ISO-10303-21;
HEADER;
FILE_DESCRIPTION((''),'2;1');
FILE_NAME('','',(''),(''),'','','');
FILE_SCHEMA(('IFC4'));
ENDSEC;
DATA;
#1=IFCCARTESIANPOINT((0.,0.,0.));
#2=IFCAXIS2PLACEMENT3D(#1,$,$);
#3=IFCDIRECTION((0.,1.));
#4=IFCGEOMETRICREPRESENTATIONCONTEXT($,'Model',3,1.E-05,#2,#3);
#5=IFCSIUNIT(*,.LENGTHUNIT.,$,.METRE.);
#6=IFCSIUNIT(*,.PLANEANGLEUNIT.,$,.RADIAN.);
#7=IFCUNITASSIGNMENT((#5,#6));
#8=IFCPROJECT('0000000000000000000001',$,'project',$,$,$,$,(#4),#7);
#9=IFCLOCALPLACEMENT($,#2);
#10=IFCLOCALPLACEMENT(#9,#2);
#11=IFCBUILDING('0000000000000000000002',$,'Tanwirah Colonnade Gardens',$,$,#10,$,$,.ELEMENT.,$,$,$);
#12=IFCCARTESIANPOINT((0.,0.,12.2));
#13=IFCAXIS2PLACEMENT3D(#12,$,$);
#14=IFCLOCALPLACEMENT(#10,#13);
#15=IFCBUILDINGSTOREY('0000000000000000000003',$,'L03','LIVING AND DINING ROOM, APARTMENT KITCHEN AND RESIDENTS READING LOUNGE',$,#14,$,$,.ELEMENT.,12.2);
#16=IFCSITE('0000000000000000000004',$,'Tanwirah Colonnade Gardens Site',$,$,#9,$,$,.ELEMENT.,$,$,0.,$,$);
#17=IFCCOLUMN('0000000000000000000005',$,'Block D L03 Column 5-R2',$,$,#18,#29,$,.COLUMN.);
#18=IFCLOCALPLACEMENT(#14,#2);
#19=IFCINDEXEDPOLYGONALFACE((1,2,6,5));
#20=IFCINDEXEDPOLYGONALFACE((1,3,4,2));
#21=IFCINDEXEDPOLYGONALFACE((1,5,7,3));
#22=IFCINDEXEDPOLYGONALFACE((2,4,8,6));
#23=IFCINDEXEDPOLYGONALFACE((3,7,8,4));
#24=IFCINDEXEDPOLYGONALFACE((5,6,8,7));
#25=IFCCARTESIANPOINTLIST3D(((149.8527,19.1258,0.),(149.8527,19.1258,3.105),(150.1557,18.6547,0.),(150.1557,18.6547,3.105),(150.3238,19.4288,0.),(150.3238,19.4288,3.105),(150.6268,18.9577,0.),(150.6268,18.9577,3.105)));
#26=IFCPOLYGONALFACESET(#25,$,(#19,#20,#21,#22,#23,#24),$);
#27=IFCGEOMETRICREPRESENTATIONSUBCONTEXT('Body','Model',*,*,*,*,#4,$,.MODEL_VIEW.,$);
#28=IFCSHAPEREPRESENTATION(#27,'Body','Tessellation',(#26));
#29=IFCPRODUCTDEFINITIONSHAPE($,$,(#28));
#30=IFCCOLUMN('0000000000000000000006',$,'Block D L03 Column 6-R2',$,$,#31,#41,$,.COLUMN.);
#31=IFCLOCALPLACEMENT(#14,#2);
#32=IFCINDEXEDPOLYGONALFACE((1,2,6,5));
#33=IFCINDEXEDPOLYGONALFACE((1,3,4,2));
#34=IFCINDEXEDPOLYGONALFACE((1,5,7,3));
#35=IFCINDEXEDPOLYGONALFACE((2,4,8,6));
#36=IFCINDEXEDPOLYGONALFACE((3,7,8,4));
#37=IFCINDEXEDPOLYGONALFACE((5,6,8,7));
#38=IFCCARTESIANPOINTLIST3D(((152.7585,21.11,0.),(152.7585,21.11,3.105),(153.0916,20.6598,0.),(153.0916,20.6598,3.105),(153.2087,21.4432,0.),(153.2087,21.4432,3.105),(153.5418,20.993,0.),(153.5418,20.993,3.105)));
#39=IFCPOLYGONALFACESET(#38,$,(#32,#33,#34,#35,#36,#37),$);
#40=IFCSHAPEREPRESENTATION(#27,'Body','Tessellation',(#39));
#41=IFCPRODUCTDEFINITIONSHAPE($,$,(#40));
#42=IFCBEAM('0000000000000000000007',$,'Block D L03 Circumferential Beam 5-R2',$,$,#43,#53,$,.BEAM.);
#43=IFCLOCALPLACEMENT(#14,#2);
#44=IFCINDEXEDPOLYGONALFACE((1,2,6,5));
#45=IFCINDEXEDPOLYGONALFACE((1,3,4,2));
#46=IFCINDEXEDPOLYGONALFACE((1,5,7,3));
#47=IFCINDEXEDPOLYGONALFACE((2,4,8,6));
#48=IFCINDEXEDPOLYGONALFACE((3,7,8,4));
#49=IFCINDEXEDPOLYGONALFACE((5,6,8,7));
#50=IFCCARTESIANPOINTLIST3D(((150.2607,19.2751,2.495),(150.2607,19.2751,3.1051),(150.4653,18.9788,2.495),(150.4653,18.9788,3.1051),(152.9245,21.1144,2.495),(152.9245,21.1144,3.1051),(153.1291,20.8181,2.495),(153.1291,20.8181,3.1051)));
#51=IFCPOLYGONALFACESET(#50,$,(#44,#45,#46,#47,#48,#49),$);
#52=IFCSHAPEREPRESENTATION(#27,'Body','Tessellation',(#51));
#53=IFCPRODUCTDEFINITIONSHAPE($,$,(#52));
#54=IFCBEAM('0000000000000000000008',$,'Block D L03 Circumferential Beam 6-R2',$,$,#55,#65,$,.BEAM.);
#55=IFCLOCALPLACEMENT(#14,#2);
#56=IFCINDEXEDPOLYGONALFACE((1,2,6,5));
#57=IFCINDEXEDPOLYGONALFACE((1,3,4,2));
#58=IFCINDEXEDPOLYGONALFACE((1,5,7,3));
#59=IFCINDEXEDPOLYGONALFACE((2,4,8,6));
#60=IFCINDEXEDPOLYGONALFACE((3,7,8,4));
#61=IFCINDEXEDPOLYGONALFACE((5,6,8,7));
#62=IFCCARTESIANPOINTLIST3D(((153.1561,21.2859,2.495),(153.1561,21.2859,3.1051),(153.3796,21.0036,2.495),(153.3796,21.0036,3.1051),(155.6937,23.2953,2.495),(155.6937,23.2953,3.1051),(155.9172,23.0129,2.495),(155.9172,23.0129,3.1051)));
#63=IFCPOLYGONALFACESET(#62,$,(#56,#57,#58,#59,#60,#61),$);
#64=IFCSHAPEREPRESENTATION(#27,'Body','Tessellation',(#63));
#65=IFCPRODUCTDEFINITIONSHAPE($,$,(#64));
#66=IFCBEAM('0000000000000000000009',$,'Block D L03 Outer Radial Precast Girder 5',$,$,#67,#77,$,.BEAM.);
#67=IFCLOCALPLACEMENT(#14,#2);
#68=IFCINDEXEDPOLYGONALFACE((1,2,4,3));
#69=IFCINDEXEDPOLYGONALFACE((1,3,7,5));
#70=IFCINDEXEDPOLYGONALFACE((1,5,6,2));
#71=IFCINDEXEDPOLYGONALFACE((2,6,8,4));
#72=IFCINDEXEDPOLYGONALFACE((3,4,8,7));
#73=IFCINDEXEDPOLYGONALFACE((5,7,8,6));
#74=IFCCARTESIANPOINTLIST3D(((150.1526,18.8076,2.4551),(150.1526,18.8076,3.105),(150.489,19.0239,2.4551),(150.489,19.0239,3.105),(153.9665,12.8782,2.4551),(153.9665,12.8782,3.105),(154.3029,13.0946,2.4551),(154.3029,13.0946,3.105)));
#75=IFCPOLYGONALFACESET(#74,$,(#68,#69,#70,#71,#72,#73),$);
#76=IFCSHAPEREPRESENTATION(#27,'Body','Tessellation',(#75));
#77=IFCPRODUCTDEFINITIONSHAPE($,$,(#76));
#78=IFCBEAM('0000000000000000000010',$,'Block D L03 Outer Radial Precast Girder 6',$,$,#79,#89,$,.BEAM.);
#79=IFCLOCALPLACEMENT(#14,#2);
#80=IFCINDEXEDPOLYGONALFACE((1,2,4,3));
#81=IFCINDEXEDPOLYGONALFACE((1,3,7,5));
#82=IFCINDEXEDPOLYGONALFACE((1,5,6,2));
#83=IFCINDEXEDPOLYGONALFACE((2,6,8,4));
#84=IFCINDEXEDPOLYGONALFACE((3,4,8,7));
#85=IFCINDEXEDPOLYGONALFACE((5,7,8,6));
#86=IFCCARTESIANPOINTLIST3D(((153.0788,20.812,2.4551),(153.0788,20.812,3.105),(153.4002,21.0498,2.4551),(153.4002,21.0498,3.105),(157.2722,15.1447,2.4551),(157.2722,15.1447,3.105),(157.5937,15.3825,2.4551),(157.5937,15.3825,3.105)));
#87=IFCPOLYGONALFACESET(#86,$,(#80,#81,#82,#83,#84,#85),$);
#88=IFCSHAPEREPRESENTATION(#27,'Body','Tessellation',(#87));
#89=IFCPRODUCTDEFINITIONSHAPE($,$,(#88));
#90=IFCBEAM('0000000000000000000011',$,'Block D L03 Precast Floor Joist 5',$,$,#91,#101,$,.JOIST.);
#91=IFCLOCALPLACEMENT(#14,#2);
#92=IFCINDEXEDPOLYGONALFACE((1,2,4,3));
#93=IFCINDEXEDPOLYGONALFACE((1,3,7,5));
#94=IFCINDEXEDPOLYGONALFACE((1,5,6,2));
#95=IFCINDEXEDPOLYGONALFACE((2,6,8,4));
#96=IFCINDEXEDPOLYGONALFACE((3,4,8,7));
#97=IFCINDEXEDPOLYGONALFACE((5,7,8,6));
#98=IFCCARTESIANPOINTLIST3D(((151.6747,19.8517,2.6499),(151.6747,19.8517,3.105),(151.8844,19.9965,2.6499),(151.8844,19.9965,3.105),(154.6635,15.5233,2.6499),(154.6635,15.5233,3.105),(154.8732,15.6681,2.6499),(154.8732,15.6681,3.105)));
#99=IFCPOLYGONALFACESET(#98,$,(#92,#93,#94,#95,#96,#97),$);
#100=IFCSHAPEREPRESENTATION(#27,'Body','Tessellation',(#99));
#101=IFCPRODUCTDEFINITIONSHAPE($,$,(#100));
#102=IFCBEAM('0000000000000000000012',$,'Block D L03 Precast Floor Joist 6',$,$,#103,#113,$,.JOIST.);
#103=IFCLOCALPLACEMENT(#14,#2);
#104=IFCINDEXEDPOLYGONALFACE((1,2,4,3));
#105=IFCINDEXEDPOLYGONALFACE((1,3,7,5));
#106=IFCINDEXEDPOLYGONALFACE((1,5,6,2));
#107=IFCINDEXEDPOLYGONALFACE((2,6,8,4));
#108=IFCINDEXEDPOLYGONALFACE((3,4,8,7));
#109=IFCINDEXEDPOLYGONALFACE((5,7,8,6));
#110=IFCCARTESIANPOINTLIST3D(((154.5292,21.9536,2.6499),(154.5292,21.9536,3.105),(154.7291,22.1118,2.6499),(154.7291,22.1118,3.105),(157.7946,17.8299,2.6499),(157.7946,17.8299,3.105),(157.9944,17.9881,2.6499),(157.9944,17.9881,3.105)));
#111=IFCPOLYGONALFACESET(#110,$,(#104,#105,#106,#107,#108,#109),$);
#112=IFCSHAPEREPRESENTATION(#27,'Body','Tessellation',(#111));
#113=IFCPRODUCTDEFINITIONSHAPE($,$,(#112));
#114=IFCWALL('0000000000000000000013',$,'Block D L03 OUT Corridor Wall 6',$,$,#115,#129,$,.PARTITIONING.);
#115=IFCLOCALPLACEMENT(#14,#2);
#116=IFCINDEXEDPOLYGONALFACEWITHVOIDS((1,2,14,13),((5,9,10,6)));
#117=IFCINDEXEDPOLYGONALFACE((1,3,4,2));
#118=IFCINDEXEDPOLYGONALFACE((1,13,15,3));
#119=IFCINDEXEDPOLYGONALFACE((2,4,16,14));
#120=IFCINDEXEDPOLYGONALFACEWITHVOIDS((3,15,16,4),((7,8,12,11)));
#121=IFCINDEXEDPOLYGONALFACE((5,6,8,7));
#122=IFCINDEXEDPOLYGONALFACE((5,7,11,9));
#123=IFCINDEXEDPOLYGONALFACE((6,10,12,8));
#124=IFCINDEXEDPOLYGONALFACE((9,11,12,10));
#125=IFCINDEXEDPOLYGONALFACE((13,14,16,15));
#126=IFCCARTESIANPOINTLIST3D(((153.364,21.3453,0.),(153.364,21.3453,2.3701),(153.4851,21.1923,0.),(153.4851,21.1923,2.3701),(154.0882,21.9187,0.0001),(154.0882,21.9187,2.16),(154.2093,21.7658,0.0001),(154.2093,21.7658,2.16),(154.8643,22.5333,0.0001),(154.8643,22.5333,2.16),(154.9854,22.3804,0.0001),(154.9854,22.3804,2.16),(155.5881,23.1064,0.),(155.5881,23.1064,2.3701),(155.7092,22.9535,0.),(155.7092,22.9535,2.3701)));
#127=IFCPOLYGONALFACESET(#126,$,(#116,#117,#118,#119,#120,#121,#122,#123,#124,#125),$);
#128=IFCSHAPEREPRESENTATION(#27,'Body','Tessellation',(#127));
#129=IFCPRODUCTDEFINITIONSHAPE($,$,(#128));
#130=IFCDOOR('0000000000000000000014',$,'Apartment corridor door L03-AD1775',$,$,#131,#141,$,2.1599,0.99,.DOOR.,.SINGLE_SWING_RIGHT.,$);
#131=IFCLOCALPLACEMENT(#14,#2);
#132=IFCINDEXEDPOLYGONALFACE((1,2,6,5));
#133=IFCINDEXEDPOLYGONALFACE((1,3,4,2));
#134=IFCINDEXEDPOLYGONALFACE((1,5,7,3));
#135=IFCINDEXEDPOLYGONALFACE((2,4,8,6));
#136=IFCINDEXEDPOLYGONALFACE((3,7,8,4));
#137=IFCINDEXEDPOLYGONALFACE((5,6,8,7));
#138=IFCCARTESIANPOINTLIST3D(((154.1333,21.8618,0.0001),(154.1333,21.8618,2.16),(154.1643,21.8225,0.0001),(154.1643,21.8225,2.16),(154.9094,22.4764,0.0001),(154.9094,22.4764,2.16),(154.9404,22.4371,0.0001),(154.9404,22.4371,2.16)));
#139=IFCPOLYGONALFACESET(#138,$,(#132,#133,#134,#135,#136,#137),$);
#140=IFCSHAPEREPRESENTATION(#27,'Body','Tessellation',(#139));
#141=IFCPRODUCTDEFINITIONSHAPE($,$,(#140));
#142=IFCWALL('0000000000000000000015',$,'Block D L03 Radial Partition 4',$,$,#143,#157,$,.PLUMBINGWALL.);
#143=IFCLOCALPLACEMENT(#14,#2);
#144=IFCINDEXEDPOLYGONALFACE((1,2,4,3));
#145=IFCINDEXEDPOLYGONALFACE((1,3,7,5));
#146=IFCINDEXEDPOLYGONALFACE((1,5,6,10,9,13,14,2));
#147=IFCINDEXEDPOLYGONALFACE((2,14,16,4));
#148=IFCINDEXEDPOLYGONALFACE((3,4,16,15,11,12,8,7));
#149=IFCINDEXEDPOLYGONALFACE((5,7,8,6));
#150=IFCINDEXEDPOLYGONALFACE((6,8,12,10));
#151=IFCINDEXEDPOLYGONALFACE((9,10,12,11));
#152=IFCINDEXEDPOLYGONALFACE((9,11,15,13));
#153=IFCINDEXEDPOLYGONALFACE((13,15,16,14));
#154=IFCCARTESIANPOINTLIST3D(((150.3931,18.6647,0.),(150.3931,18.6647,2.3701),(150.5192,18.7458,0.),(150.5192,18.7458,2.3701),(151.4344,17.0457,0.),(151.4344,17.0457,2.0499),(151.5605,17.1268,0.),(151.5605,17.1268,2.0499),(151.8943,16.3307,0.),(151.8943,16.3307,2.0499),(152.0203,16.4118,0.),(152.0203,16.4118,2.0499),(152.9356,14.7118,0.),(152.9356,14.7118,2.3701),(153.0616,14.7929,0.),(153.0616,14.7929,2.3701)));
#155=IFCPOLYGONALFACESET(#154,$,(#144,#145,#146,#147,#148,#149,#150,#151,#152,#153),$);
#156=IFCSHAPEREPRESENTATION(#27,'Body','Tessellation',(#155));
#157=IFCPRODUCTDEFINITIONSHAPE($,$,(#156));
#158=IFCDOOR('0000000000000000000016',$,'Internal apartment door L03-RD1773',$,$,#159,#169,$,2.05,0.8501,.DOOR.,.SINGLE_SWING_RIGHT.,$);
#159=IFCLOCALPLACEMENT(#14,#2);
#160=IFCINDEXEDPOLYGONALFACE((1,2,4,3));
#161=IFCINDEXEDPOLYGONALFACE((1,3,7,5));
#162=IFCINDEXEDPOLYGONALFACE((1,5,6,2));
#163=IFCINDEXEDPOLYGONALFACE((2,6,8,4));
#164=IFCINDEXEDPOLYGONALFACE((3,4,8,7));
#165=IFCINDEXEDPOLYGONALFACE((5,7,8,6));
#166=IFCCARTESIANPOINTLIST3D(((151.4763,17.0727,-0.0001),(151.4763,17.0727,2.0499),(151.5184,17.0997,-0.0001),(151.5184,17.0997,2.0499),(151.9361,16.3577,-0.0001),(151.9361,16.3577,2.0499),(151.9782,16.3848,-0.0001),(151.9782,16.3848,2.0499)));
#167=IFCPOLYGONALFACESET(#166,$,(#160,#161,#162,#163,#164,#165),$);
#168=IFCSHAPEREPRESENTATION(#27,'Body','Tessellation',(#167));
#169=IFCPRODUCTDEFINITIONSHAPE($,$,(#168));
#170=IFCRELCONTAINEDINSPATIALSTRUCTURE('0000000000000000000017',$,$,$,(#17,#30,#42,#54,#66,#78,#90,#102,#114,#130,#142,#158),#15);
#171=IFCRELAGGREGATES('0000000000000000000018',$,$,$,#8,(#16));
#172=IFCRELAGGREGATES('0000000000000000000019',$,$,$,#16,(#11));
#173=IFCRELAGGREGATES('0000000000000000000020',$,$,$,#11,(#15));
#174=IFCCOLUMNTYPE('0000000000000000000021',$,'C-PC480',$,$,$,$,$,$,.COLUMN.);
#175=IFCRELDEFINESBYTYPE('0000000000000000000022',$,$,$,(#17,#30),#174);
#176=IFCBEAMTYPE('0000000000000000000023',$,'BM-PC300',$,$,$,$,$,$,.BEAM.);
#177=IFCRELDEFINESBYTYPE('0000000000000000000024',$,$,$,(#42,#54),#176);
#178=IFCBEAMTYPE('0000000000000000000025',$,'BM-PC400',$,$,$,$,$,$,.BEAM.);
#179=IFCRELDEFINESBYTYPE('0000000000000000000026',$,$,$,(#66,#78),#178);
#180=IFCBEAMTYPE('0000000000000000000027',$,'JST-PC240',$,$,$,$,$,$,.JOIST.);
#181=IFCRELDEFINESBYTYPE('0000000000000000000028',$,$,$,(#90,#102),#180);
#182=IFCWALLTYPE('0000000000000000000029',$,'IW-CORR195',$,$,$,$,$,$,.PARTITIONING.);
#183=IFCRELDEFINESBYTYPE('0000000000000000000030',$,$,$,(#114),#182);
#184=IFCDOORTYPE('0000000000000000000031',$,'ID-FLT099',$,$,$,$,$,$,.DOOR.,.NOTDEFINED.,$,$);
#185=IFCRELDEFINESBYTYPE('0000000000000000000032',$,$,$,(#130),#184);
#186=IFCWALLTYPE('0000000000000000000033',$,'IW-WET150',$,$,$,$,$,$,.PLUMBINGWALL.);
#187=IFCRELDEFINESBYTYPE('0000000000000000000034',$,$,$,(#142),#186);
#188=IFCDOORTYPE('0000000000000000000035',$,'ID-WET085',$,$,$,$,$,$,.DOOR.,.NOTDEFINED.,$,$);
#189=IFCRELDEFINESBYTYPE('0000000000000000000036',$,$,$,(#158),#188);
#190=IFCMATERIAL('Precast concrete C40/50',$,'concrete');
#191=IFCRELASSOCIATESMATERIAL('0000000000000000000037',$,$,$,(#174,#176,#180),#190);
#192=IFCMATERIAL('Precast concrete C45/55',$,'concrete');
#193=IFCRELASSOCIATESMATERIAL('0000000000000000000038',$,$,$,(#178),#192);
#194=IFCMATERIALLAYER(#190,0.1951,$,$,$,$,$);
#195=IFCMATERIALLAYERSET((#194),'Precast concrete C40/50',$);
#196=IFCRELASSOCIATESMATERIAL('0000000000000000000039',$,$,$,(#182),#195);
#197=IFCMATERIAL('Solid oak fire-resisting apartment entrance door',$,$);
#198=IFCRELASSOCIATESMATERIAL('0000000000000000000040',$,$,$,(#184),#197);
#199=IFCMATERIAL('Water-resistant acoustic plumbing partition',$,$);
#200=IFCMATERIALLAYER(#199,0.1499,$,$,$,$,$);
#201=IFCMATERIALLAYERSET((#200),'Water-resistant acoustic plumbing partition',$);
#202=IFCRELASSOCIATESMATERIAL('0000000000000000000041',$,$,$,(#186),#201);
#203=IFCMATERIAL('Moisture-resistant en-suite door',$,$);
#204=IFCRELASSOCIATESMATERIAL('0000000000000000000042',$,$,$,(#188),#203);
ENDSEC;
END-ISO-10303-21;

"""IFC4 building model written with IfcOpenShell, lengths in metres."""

from ifc_helpers import new_model, si_unit, direction, frame, frame_2d, origin, origin_2d, place, context, subcontext, project, spatial, rectangle, extrude, material, layer, layer_set, material_profile, profile_set, type_object, element, fill, save


model = new_model("IFC4")

# Units and contexts
model_context = context("Model", 3, precision=1e-05, world=origin(), true_north=direction((0.0, 1.0)))
body_context = subcontext(model_context, "Body", "Model", "MODEL_VIEW")
ifc_project = project(units=[si_unit("LENGTHUNIT", "METRE"), si_unit("PLANEANGLEUNIT", "RADIAN")], contexts=[model_context])

# Site, building, storey
site_placement = place(None, origin())
site = spatial("IfcSite", under=ifc_project, at=site_placement, Name="Tanwirah Colonnade Gardens Site", CompositionType="ELEMENT", RefElevation=0.0)
building_placement = place(site_placement, origin())
building = spatial("IfcBuilding", under=site, at=building_placement, Name="Tanwirah Colonnade Gardens", CompositionType="ELEMENT")
storey_placement = place(building_placement, frame((0.0, 0.0, 12.2)))
storey = spatial("IfcBuildingStorey", under=building, at=storey_placement, Name="L03", Description="LIVING AND DINING ROOM, APARTMENT KITCHEN AND RESIDENTS READING LOUNGE", CompositionType="ELEMENT", Elevation=12.2)

# Columns
ifc_material_1 = material(Name="Precast concrete C40/50", Category="concrete")
ifc_material_profile_1 = material_profile(ifc_material_1, rectangle(XDim=0.5601, YDim=0.5601, at=origin_2d()), Name="PC-COL 560x560")
ifc_profile_set_1 = profile_set([ifc_material_profile_1], Name="Precast concrete C40/50")
column_type = type_object("IfcColumnType", Name="C-PC480", PredefinedType="COLUMN", material=ifc_profile_set_1)
for number, where, z_axis, x_axis, name in (
    (1, (150.2397, 19.0417, 0.0), (0.0, 0.0, 1.0), (0.540974, -0.841039, 0.0), "Block D L03 Column 5-R2"),
    (2, (153.1501, 21.0515, 0.0), (0.0, 0.0, 1.0), (0.594823, -0.803857, 0.0), "Block D L03 Column 6-R2"),
):
    element("IfcColumn", number, at=place(storey_placement, frame(where, z_axis=z_axis, x_axis=x_axis)), inside=storey, type_object=column_type, Name=name, PredefinedType="COLUMN", context=body_context, shape_type="SweptSolid", body=[
        extrude(rectangle(XDim=0.5601, YDim=0.5601, at=origin_2d()), origin(), (0.0, 0.0, 1.0), 3.105),
    ])

# Beams
ifc_material_profile_2 = material_profile(ifc_material_1, rectangle(XDim=0.3601, YDim=0.6101, at=origin_2d()), Name="PC-BM 360x610")
ifc_profile_set_2 = profile_set([ifc_material_profile_2], Name="Precast concrete C40/50")
beam_type_1 = type_object("IfcBeamType", Name="BM-PC300", PredefinedType="BEAM", material=ifc_profile_set_2)
beam_1_placement = place(storey_placement, frame((150.363, 19.127, 2.8), z_axis=(0.822889, 0.568202, 0.0), x_axis=(-0.568202, 0.822889, 0.0)))
element("IfcBeam", 3, at=beam_1_placement, inside=storey, type_object=beam_type_1, Name="Block D L03 Circumferential Beam 5-R2", PredefinedType="BEAM", context=body_context, shape_type="SweptSolid", body=[
    extrude(rectangle(XDim=0.3601, YDim=0.6101, at=origin_2d()), origin(), (0.0, 0.0, 1.0), 3.2371),
])
beam_2_placement = place(storey_placement, frame((153.2678, 21.1448, 2.8), z_axis=(0.783994, 0.620769, 0.0), x_axis=(-0.620769, 0.783994, 0.0)))
element("IfcBeam", 4, at=beam_2_placement, inside=storey, type_object=beam_type_1, Name="Block D L03 Circumferential Beam 6-R2", PredefinedType="BEAM", context=body_context, shape_type="SweptSolid", body=[
    extrude(rectangle(XDim=0.3601, YDim=0.6101, at=origin_2d()), origin(), (0.0, 0.0, 1.0), 3.2368),
])
ifc_material_2 = material(Name="Precast concrete C45/55", Category="concrete")
ifc_material_profile_3 = material_profile(ifc_material_2, rectangle(XDim=0.3999, YDim=0.6499, at=origin_2d()), Name="PC-BM 400x650")
ifc_profile_set_3 = profile_set([ifc_material_profile_3], Name="Precast concrete C45/55")
beam_type_2 = type_object("IfcBeamType", Name="BM-PC400", PredefinedType="BEAM", material=ifc_profile_set_3)
for number, where, z_axis, x_axis, name in (
    (5, (150.3208, 18.9158, 2.78), (0.540976, -0.841038, 0.0), (0.841038, 0.540976, 0.0), "Block D L03 Outer Radial Precast Girder 5"),
    (6, (153.2395, 20.9309, 2.78), (0.594807, -0.803869, 0.0), (0.803869, 0.594807, 0.0), "Block D L03 Outer Radial Precast Girder 6"),
):
    element("IfcBeam", number, at=place(storey_placement, frame(where, z_axis=z_axis, x_axis=x_axis)), inside=storey, type_object=beam_type_2, Name=name, PredefinedType="BEAM", context=body_context, shape_type="SweptSolid", body=[
        extrude(rectangle(XDim=0.3999, YDim=0.6499, at=origin_2d()), origin(), (0.0, 0.0, 1.0), 7.05),
    ])
ifc_material_profile_4 = material_profile(ifc_material_1, rectangle(XDim=0.2549, YDim=0.4551, at=origin_2d()), Name="PC-JST 255x455")
ifc_profile_set_4 = profile_set([ifc_material_profile_4], Name="Precast concrete C40/50")
beam_type_3 = type_object("IfcBeamType", Name="JST-PC240", PredefinedType="JOIST", material=ifc_profile_set_4)
for number, where, z_axis, x_axis, name in (
    (7, (151.7795, 19.9241, 2.8774), (0.568208, -0.822885, 0.0), (0.822885, 0.568208, 0.0), "Block D L03 Precast Floor Joist 5"),
    (8, (154.6292, 22.0327, 2.8774), (0.620787, -0.783979, 0.0), (0.783979, 0.620787, 0.0), "Block D L03 Precast Floor Joist 6"),
):
    element("IfcBeam", number, at=place(storey_placement, frame(where, z_axis=z_axis, x_axis=x_axis)), inside=storey, type_object=beam_type_3, Name=name, PredefinedType="JOIST", context=body_context, shape_type="SweptSolid", body=[
        extrude(rectangle(XDim=0.2549, YDim=0.4551, at=origin_2d()), origin(), (0.0, 0.0, 1.0), 5.26),
    ])

# Walls, openings, doors
ifc_layer_1 = layer(ifc_material_1, 0.1951)
ifc_layer_set_1 = layer_set([ifc_layer_1], Name="Precast concrete C40/50")
wall_type_1 = type_object("IfcWallType", Name="IW-CORR195", PredefinedType="PARTITIONING", material=ifc_layer_set_1)
ifc_material_3 = material(Name="Solid oak fire-resisting apartment entrance door")
wall_1_placement = place(storey_placement, frame((153.4246, 21.2688, 0.0), z_axis=(0.0, 0.0, 1.0), x_axis=(0.783966, 0.620804, 0.0)))
wall_1 = element("IfcWall", 9, at=wall_1_placement, inside=storey, type_object=wall_type_1, Name="Block D L03 OUT Corridor Wall 6", PredefinedType="PARTITIONING", context=body_context, shape_type="SweptSolid", body=[
    extrude(rectangle(XDim=2.8369, YDim=0.1951, at=frame_2d((1.4185, 0.0))), origin(), (0.0, 0.0, 1.0), 2.3701),
])
opening_1_placement = place(wall_1_placement, frame((0.9236, 0.0, 0.0)))
opening_1 = element("IfcOpeningElement", 10, at=opening_1_placement, cuts=wall_1, PredefinedType="OPENING", context=body_context, shape_type="SweptSolid", body=[
    extrude(rectangle(XDim=0.99, YDim=2.1599, at=frame_2d((0.4951, 1.0801))), frame((0.0, 0.1074, 0.0), z_axis=(0.0, -1.0, 0.0), x_axis=(1.0, 0.0, 0.0)), (0.0, 0.0, 1.0), 0.2151),
])
door_type_1 = type_object("IfcDoorType", Name="ID-FLT099", OperationType="NOTDEFINED", PredefinedType="DOOR", material=ifc_material_3)
door_1_placement = place(opening_1_placement, origin())
door_1 = element("IfcDoor", 11, at=door_1_placement, inside=storey, type_object=door_type_1, Name="Apartment corridor door L03-AD1775", OperationType="SINGLE_SWING_RIGHT", OverallHeight=2.1599, OverallWidth=0.99, PredefinedType="DOOR", context=body_context, shape_type="SweptSolid", body=[
    extrude(rectangle(XDim=0.99, YDim=2.1599, at=frame_2d((0.4951, 1.0801))), frame((0.0, 0.0249, 0.0), z_axis=(0.0, -1.0, 0.0), x_axis=(1.0, 0.0, 0.0)), (0.0, 0.0, 1.0), 0.05),
])
fill(opening_1, door_1)
ifc_material_4 = material(Name="Water-resistant acoustic plumbing partition")
ifc_layer_2 = layer(ifc_material_4, 0.1499)
ifc_layer_set_2 = layer_set([ifc_layer_2], Name="Water-resistant acoustic plumbing partition")
wall_type_2 = type_object("IfcWallType", Name="IW-WET150", PredefinedType="PLUMBINGWALL", material=ifc_layer_set_2)
wall_2_placement = place(storey_placement, frame((150.4561, 18.7053, 0.0), z_axis=(0.0, 0.0, 1.0), x_axis=(0.54096, -0.841048, 0.0)))
wall_2 = element("IfcWall", 12, at=wall_2_placement, inside=storey, type_object=wall_type_2, Name="Block D L03 Radial Partition 4", PredefinedType="PLUMBINGWALL", context=body_context, shape_type="SweptSolid", body=[
    extrude(rectangle(XDim=4.7, YDim=0.1499, at=frame_2d((2.3501, 0.0))), origin(), (0.0, 0.0, 1.0), 2.3701),
])
opening_2_placement = place(wall_2_placement, frame((1.925, 0.0, 0.0)))
opening_2 = element("IfcOpeningElement", 13, at=opening_2_placement, cuts=wall_2, PredefinedType="OPENING", context=body_context, shape_type="SweptSolid", body=[
    extrude(rectangle(XDim=0.8501, YDim=2.05, at=frame_2d((0.425, 1.0249))), frame((0.0, 0.085, 0.0), z_axis=(0.0, -1.0, 0.0), x_axis=(1.0, 0.0, 0.0)), (0.0, 0.0, 1.0), 0.1699),
])
ifc_material_5 = material(Name="Moisture-resistant en-suite door")
door_type_2 = type_object("IfcDoorType", Name="ID-WET085", OperationType="NOTDEFINED", PredefinedType="DOOR", material=ifc_material_5)
door_2_placement = place(opening_2_placement, origin())
door_2 = element("IfcDoor", 14, at=door_2_placement, inside=storey, type_object=door_type_2, Name="Internal apartment door L03-RD1773", OperationType="SINGLE_SWING_RIGHT", OverallHeight=2.05, OverallWidth=0.8501, PredefinedType="DOOR", context=body_context, shape_type="SweptSolid", body=[
    extrude(rectangle(XDim=0.8501, YDim=2.05, at=frame_2d((0.425, 1.0249))), frame((0.0, 0.0249, 0.0), z_axis=(0.0, -1.0, 0.0), x_axis=(1.0, 0.0, 0.0)), (0.0, 0.0, 1.0), 0.05),
])
fill(opening_2, door_2)

save(model, "model.ifc")
